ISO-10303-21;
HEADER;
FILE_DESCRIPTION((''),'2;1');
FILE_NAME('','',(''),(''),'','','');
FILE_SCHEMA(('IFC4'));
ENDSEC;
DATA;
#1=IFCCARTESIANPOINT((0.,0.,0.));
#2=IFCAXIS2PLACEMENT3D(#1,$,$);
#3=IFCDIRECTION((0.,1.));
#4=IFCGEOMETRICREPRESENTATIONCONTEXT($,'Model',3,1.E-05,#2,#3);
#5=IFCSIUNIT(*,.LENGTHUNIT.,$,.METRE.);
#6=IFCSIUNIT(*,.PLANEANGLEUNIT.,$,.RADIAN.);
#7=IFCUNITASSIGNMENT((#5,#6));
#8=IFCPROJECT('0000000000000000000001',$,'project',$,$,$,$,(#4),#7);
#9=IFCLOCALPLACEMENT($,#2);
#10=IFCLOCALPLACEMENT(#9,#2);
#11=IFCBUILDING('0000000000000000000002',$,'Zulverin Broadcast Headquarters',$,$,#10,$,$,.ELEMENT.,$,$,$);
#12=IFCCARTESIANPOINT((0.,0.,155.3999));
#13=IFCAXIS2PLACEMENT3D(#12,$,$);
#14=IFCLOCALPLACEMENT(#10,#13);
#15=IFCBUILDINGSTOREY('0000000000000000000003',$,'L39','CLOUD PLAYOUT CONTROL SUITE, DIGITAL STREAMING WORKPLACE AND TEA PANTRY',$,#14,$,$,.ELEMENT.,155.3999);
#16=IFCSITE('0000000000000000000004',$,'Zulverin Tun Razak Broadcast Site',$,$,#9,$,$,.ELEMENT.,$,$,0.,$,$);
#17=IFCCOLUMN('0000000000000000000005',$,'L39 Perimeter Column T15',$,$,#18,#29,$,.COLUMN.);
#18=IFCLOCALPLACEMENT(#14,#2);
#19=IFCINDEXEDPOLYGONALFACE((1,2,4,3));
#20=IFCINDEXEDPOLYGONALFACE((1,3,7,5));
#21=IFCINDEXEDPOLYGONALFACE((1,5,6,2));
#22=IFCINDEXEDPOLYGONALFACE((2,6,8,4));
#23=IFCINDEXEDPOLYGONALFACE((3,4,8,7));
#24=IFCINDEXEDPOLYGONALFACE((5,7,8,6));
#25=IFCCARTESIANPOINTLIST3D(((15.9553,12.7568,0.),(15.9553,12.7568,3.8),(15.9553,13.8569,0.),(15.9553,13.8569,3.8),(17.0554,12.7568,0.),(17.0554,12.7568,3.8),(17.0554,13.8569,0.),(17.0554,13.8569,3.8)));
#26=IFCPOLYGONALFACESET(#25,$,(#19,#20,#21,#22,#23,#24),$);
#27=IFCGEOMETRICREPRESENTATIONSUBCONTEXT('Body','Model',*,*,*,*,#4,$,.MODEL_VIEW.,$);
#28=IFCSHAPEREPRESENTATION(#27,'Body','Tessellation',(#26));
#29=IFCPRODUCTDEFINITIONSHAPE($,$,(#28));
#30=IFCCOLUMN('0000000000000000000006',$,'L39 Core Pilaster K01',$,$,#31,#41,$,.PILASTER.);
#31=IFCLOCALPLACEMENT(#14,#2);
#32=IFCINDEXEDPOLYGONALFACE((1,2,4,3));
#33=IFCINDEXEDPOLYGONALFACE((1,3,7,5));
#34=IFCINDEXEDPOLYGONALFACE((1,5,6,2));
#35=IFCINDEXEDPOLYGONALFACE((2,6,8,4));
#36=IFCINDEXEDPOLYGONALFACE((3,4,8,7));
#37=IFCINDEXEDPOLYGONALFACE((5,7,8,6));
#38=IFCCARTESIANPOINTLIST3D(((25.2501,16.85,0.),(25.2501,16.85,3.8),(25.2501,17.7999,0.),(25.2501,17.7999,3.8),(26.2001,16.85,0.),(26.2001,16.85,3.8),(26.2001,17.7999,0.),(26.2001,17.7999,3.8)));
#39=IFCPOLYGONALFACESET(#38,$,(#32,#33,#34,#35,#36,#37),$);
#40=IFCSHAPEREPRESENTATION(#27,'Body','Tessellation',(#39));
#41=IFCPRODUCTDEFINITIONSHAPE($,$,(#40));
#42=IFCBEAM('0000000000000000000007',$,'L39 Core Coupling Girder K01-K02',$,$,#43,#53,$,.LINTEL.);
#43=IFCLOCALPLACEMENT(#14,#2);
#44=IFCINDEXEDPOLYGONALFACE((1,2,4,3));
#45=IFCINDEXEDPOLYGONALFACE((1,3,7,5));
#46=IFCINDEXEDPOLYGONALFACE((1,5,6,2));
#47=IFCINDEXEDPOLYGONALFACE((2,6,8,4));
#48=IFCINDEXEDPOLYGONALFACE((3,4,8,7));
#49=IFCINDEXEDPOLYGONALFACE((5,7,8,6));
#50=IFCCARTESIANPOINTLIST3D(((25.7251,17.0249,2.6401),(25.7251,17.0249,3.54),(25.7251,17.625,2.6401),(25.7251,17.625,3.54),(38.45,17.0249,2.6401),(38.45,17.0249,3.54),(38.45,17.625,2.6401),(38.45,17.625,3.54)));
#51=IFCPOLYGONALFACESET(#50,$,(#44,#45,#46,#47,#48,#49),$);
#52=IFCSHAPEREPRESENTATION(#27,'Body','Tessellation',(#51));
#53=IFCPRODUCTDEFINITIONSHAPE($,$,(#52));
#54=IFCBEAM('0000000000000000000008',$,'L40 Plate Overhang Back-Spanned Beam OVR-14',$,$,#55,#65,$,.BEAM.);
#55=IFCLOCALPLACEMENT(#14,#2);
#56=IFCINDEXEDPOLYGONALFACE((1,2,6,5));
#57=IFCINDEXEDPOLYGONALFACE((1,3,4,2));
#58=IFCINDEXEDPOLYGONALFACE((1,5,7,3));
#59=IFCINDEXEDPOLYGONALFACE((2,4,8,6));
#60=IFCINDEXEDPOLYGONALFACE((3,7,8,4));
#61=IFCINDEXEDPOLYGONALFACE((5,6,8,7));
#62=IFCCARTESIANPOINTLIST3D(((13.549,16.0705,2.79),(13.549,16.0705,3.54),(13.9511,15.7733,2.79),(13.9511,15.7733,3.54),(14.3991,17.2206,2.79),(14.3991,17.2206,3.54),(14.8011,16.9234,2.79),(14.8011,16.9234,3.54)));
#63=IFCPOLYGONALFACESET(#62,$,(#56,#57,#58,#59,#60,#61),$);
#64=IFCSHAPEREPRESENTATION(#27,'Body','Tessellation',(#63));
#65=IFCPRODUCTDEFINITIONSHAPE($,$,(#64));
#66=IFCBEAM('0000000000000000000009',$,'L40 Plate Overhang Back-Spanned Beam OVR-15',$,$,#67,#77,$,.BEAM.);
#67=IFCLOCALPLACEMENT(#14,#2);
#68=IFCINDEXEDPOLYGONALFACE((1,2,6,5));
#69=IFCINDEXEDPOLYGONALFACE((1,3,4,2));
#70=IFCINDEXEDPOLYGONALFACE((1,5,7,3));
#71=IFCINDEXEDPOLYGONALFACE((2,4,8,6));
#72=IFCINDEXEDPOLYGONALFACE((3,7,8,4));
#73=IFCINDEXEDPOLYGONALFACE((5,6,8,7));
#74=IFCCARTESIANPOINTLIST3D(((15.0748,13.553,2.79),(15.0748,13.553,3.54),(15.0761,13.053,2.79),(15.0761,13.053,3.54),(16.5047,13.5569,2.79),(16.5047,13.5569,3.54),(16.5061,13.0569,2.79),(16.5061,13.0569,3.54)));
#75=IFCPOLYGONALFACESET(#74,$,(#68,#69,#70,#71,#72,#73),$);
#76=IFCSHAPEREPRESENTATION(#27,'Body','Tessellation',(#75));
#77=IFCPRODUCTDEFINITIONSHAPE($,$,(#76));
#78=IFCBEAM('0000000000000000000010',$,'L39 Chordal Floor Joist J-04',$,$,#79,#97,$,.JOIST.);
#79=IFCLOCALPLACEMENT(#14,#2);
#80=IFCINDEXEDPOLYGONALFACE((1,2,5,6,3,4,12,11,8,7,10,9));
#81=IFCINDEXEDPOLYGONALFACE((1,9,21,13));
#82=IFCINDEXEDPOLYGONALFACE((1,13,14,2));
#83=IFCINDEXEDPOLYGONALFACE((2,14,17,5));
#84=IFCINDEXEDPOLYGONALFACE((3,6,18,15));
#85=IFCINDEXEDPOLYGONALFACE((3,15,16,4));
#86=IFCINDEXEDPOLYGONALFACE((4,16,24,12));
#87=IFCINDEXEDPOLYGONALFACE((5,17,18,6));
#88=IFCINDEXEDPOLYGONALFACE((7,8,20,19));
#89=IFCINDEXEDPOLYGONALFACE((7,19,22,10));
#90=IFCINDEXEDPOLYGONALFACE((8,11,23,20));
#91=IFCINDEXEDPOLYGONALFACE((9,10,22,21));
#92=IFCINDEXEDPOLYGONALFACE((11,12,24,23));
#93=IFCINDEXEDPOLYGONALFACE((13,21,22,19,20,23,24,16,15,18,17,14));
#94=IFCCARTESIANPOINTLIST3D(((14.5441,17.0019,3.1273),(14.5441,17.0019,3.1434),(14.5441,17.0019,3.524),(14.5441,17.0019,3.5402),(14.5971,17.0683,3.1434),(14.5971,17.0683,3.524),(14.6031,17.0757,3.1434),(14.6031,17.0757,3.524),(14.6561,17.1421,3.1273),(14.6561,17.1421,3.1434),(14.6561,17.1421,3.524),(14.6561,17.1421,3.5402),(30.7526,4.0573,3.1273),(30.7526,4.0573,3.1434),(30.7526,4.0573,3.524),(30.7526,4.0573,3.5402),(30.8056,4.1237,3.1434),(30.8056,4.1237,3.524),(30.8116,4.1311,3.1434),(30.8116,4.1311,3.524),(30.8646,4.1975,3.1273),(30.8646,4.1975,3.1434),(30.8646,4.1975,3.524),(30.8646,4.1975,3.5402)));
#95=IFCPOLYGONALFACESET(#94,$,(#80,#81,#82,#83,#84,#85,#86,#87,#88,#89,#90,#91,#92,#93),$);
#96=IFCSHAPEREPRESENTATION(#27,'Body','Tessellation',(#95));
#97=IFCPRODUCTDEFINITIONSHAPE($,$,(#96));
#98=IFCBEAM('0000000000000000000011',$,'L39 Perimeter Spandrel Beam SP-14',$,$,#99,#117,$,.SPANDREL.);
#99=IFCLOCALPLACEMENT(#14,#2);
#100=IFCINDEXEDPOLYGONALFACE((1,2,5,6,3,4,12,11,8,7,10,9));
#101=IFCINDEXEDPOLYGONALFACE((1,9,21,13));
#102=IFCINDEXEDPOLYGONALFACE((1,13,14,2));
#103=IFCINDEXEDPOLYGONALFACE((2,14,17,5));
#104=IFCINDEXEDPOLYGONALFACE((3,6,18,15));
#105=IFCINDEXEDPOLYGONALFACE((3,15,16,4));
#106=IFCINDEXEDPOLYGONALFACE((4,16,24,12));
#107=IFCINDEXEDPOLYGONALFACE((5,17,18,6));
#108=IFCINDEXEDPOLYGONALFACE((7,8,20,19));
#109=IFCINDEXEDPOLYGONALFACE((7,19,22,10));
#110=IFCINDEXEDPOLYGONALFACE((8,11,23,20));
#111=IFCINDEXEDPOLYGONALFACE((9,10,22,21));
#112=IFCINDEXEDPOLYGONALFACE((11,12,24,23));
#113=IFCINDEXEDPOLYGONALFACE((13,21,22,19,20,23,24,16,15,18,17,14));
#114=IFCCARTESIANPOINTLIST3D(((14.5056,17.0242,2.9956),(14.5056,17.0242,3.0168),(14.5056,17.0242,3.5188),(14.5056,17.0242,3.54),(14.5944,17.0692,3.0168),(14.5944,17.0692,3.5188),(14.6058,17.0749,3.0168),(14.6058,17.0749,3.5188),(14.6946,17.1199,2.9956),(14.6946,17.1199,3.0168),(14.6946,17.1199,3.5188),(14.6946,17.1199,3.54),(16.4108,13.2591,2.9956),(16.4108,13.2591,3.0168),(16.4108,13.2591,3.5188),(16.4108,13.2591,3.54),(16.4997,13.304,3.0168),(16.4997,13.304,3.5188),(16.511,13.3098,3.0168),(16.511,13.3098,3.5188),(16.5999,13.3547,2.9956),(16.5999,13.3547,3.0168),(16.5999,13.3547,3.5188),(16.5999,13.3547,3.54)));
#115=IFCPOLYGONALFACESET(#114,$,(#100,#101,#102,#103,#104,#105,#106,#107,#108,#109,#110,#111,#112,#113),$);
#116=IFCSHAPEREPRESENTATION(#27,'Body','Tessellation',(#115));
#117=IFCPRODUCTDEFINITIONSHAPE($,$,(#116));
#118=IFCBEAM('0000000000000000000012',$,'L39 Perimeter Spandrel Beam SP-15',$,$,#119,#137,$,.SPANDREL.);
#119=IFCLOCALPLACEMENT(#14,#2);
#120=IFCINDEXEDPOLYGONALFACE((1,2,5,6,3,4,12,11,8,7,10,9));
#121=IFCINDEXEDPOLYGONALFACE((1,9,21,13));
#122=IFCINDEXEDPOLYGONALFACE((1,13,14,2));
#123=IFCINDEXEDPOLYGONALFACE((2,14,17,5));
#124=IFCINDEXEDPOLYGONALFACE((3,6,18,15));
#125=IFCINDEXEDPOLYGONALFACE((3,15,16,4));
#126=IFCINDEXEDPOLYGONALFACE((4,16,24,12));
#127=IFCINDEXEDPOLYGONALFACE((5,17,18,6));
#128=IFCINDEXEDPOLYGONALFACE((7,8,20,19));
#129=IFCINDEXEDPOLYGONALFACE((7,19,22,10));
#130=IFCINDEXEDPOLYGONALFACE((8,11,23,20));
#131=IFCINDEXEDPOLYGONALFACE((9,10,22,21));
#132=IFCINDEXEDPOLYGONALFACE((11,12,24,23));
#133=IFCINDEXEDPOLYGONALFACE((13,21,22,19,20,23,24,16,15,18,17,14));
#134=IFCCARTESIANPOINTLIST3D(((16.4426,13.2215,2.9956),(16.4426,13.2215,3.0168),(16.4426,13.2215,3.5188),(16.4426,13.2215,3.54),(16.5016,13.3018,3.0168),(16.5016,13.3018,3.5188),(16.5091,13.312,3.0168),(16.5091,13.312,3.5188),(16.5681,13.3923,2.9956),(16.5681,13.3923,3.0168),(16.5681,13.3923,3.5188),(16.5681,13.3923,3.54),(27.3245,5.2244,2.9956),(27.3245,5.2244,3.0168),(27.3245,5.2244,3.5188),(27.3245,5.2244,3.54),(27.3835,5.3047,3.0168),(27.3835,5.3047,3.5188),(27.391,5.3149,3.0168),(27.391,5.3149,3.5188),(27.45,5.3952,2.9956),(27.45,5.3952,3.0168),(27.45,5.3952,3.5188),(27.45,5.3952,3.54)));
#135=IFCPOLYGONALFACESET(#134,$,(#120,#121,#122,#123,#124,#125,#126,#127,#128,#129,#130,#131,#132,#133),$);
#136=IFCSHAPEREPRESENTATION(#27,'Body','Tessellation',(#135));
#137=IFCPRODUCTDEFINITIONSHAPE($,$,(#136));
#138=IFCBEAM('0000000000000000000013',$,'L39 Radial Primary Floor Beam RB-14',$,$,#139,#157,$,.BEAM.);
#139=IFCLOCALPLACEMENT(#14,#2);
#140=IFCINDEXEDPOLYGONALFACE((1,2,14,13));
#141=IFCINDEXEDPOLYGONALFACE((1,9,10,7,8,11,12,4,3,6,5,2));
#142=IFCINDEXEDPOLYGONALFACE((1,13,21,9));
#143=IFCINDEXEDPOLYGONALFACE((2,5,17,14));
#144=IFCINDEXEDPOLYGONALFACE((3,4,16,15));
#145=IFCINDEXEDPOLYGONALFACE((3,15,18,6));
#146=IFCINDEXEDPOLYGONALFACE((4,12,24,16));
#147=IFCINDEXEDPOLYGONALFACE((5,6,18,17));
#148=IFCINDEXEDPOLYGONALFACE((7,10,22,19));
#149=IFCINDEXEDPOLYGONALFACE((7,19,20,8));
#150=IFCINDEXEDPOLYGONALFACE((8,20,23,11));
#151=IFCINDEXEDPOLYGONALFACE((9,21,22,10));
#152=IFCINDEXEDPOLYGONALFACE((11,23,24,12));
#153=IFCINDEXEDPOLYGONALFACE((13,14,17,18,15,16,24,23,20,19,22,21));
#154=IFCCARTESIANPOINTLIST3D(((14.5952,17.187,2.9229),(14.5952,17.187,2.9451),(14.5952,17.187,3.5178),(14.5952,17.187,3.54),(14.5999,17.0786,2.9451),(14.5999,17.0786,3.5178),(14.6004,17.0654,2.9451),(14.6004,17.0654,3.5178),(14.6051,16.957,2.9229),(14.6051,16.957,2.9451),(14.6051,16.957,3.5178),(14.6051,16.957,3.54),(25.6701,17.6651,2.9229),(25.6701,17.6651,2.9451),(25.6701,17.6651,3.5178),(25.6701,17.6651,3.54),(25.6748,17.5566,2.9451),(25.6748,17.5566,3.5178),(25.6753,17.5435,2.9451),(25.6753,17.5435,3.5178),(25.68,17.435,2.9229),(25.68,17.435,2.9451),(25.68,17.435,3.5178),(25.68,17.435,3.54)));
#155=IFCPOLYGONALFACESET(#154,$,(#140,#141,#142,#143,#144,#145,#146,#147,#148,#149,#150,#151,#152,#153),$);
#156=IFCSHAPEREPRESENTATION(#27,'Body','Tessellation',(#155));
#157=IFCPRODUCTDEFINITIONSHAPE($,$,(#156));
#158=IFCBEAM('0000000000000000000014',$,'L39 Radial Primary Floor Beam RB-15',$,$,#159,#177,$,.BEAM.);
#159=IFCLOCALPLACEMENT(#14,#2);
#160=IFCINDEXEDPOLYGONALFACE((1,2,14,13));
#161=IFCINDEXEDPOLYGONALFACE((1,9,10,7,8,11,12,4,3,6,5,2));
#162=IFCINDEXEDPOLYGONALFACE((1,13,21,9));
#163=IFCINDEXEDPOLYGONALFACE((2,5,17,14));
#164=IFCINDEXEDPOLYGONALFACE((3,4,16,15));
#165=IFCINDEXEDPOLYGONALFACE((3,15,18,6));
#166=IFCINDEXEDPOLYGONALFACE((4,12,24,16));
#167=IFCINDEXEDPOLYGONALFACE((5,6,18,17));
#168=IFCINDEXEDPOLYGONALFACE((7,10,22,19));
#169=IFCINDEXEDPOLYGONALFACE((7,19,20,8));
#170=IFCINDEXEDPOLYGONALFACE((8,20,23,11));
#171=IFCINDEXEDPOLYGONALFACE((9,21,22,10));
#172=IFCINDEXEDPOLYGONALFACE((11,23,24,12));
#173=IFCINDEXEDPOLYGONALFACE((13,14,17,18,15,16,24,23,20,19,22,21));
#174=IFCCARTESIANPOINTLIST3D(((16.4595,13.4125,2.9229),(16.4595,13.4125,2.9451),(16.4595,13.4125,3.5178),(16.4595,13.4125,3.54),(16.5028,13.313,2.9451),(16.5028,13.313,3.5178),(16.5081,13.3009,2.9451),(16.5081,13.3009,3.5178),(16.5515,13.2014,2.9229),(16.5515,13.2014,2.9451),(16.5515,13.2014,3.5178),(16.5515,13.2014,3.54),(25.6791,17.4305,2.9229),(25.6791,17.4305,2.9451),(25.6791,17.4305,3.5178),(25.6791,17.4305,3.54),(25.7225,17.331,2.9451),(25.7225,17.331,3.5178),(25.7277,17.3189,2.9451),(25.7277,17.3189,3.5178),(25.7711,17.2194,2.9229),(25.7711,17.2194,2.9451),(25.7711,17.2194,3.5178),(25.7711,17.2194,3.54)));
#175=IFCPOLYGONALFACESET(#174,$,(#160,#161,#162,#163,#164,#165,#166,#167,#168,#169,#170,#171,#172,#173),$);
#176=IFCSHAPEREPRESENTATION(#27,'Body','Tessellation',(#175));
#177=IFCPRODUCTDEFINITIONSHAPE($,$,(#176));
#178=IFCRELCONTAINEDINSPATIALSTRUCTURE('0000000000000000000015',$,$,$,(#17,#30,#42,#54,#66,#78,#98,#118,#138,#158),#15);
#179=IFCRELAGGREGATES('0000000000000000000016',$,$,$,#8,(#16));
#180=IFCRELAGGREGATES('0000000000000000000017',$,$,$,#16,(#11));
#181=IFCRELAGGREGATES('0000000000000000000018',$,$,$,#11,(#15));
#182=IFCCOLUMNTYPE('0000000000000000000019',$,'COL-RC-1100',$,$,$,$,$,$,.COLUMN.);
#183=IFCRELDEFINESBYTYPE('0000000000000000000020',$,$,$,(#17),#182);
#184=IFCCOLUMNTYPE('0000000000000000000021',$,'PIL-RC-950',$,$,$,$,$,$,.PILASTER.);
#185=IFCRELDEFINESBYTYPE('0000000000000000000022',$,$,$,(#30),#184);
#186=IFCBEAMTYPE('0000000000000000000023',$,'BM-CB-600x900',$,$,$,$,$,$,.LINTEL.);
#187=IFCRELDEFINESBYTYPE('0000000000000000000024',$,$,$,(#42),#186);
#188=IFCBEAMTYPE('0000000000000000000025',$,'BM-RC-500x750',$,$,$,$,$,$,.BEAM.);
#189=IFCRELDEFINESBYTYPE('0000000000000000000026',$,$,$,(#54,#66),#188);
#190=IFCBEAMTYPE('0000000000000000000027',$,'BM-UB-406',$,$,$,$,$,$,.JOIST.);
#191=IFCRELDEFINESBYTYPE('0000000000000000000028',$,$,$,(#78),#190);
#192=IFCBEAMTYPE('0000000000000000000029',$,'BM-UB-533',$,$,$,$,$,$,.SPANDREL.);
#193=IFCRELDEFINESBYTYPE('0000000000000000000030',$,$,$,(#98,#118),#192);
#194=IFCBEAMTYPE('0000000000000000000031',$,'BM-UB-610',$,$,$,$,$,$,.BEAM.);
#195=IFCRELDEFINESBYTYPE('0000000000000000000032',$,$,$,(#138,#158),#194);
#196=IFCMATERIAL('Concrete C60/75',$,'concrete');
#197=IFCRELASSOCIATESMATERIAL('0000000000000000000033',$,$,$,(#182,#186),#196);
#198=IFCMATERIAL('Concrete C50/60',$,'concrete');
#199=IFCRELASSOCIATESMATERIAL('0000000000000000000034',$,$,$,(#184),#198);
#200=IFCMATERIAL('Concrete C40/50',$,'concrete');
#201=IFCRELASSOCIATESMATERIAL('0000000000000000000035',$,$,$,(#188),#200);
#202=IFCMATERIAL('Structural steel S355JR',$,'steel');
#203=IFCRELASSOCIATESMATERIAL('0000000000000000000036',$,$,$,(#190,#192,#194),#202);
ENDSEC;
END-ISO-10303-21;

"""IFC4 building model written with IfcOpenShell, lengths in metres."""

from ifc_helpers import new_model, si_unit, direction, frame, origin, origin_2d, place, context, subcontext, project, spatial, rectangle, i_section, extrude, material, material_profile, profile_set, type_object, element, save


model = new_model("IFC4")

# Units and contexts
model_context = context("Model", 3, precision=1e-05, world=origin(), true_north=direction((0.0, 1.0)))
body_context = subcontext(model_context, "Body", "Model", "MODEL_VIEW")
ifc_project = project(units=[si_unit("LENGTHUNIT", "METRE"), si_unit("PLANEANGLEUNIT", "RADIAN")], contexts=[model_context])

# Site, building, storey
site_placement = place(None, origin())
site = spatial("IfcSite", under=ifc_project, at=site_placement, Name="Zulverin Tun Razak Broadcast Site", CompositionType="ELEMENT", RefElevation=0.0)
building_placement = place(site_placement, origin())
building = spatial("IfcBuilding", under=site, at=building_placement, Name="Zulverin Broadcast Headquarters", CompositionType="ELEMENT")
storey_placement = place(building_placement, frame((0.0, 0.0, 155.3999)))
storey = spatial("IfcBuildingStorey", under=building, at=storey_placement, Name="L39", Description="CLOUD PLAYOUT CONTROL SUITE, DIGITAL STREAMING WORKPLACE AND TEA PANTRY", CompositionType="ELEMENT", Elevation=155.3999)

# Columns
ifc_material_1 = material(Name="Concrete C60/75", Category="concrete")
ifc_material_profile_1 = material_profile(ifc_material_1, rectangle(XDim=1.1001, YDim=1.1001, at=origin_2d()), Name="Concrete C60/75", Category="concrete")
ifc_profile_set_1 = profile_set([ifc_material_profile_1], Name="Concrete C60/75")
column_type_1 = type_object("IfcColumnType", Name="COL-RC-1100", PredefinedType="COLUMN", material=ifc_profile_set_1)
column_1_placement = place(storey_placement, frame((16.5054, 13.3069, 0.0), z_axis=(0.0, 0.0, 1.0), x_axis=(1.0, 0.0, 0.0)))
element("IfcColumn", 1, at=column_1_placement, inside=storey, type_object=column_type_1, Name="L39 Perimeter Column T15", PredefinedType="COLUMN", context=body_context, shape_type="SweptSolid", body=[
    extrude(rectangle(XDim=1.1001, YDim=1.1001, at=origin_2d()), origin(), (0.0, 0.0, 1.0), 3.8),
])
ifc_material_2 = material(Name="Concrete C50/60", Category="concrete")
ifc_material_profile_2 = material_profile(ifc_material_2, rectangle(XDim=0.95, YDim=0.95, at=origin_2d()), Name="Concrete C50/60", Category="concrete")
ifc_profile_set_2 = profile_set([ifc_material_profile_2], Name="Concrete C50/60")
column_type_2 = type_object("IfcColumnType", Name="PIL-RC-950", PredefinedType="PILASTER", material=ifc_profile_set_2)
column_2_placement = place(storey_placement, frame((25.7251, 17.325, 0.0), z_axis=(0.0, 0.0, 1.0), x_axis=(1.0, 0.0, 0.0)))
element("IfcColumn", 2, at=column_2_placement, inside=storey, type_object=column_type_2, Name="L39 Core Pilaster K01", PredefinedType="PILASTER", context=body_context, shape_type="SweptSolid", body=[
    extrude(rectangle(XDim=0.95, YDim=0.95, at=origin_2d()), origin(), (0.0, 0.0, 1.0), 3.8),
])

# Beams
ifc_material_profile_3 = material_profile(ifc_material_1, rectangle(XDim=0.6001, YDim=0.8999, at=origin_2d()), Name="Concrete C60/75", Category="concrete")
ifc_profile_set_3 = profile_set([ifc_material_profile_3], Name="Concrete C60/75")
beam_type_1 = type_object("IfcBeamType", Name="BM-CB-600x900", PredefinedType="LINTEL", material=ifc_profile_set_3)
beam_1_placement = place(storey_placement, frame((25.7251, 17.325, 3.0901), z_axis=(1.0, 0.0, 0.0), x_axis=(0.0, 1.0, 0.0)))
element("IfcBeam", 3, at=beam_1_placement, inside=storey, type_object=beam_type_1, Name="L39 Core Coupling Girder K01-K02", PredefinedType="LINTEL", context=body_context, shape_type="SweptSolid", body=[
    extrude(rectangle(XDim=0.6001, YDim=0.8999, at=origin_2d()), origin(), (0.0, 0.0, 1.0), 12.7249),
])
ifc_material_3 = material(Name="Concrete C40/50", Category="concrete")
ifc_material_profile_4 = material_profile(ifc_material_3, rectangle(XDim=0.5, YDim=0.75, at=origin_2d()), Name="Concrete C40/50", Category="concrete")
ifc_profile_set_4 = profile_set([ifc_material_profile_4], Name="Concrete C40/50")
beam_type_2 = type_object("IfcBeamType", Name="BM-RC-500x750", PredefinedType="BEAM", material=ifc_profile_set_4)
beam_2_placement = place(storey_placement, frame((14.6001, 17.072, 3.165), z_axis=(-0.594386, -0.80418, 0.0), x_axis=(0.80418, -0.594386, 0.0)))
element("IfcBeam", 4, at=beam_2_placement, inside=storey, type_object=beam_type_2, Name="L40 Plate Overhang Back-Spanned Beam OVR-14", PredefinedType="BEAM", context=body_context, shape_type="SweptSolid", body=[
    extrude(rectangle(XDim=0.5, YDim=0.75, at=origin_2d()), origin(), (0.0, 0.0, 1.0), 1.4302),
])
beam_3_placement = place(storey_placement, frame((16.5054, 13.3069, 3.165), z_axis=(-0.999996, -0.002732, 0.0), x_axis=(0.002732, -0.999996, 0.0)))
element("IfcBeam", 5, at=beam_3_placement, inside=storey, type_object=beam_type_2, Name="L40 Plate Overhang Back-Spanned Beam OVR-15", PredefinedType="BEAM", context=body_context, shape_type="SweptSolid", body=[
    extrude(rectangle(XDim=0.5, YDim=0.75, at=origin_2d()), origin(), (0.0, 0.0, 1.0), 1.4299),
])
ifc_material_4 = material(Name="Structural steel S355JR", Category="steel")
ifc_material_profile_5 = material_profile(ifc_material_4, i_section(OverallWidth=0.1794, OverallDepth=0.4128, WebThickness=0.0095, FlangeThickness=0.0161, at=origin_2d()), Name="Structural steel S355JR", Category="steel")
ifc_profile_set_5 = profile_set([ifc_material_profile_5], Name="Structural steel S355JR")
beam_type_3 = type_object("IfcBeamType", Name="BM-UB-406", PredefinedType="JOIST", material=ifc_profile_set_5)
beam_4_placement = place(storey_placement, frame((14.6001, 17.072, 3.3337), z_axis=(0.781391, -0.624042, 0.0), x_axis=(0.624042, 0.781391, 0.0)))
element("IfcBeam", 6, at=beam_4_placement, inside=storey, type_object=beam_type_3, Name="L39 Chordal Floor Joist J-04", PredefinedType="JOIST", context=body_context, shape_type="SweptSolid", body=[
    extrude(i_section(OverallWidth=0.1794, OverallDepth=0.4128, WebThickness=0.0095, FlangeThickness=0.0161, at=origin_2d()), origin(), (0.0, 0.0, 1.0), 20.7432),
])
ifc_material_profile_6 = material_profile(ifc_material_4, i_section(OverallWidth=0.2119, OverallDepth=0.5444, WebThickness=0.0127, FlangeThickness=0.0212, at=origin_2d()), Name="Structural steel S355JR", Category="steel")
ifc_profile_set_6 = profile_set([ifc_material_profile_6], Name="Structural steel S355JR")
beam_type_4 = type_object("IfcBeamType", Name="BM-UB-533", PredefinedType="SPANDREL", material=ifc_profile_set_6)
beam_5_placement = place(storey_placement, frame((14.6001, 17.072, 3.2678), z_axis=(0.451513, -0.892265, 0.0), x_axis=(0.892265, 0.451513, 0.0)))
element("IfcBeam", 7, at=beam_5_placement, inside=storey, type_object=beam_type_4, Name="L39 Perimeter Spandrel Beam SP-14", PredefinedType="SPANDREL", context=body_context, shape_type="SweptSolid", body=[
    extrude(i_section(OverallWidth=0.2119, OverallDepth=0.5444, WebThickness=0.0127, FlangeThickness=0.0212, at=origin_2d()), origin(), (0.0, 0.0, 1.0), 4.2197),
])
beam_6_placement = place(storey_placement, frame((16.5054, 13.3069, 3.2678), z_axis=(0.805802, -0.592185, 0.0), x_axis=(0.592185, 0.805802, 0.0)))
element("IfcBeam", 8, at=beam_6_placement, inside=storey, type_object=beam_type_4, Name="L39 Perimeter Spandrel Beam SP-15", PredefinedType="SPANDREL", context=body_context, shape_type="SweptSolid", body=[
    extrude(i_section(OverallWidth=0.2119, OverallDepth=0.5444, WebThickness=0.0127, FlangeThickness=0.0212, at=origin_2d()), origin(), (0.0, 0.0, 1.0), 13.5044),
])
ifc_material_profile_7 = material_profile(ifc_material_4, i_section(OverallWidth=0.2302, OverallDepth=0.6172, WebThickness=0.0132, FlangeThickness=0.0222, at=origin_2d()), Name="Structural steel S355JR", Category="steel")
ifc_profile_set_7 = profile_set([ifc_material_profile_7], Name="Structural steel S355JR")
beam_type_5 = type_object("IfcBeamType", Name="BM-UB-610", PredefinedType="BEAM", material=ifc_profile_set_7)
beam_7_placement = place(storey_placement, frame((25.675, 17.55, 3.2314), z_axis=(-0.99907, -0.043123, 0.0), x_axis=(0.043123, -0.99907, 0.0)))
element("IfcBeam", 9, at=beam_7_placement, inside=storey, type_object=beam_type_5, Name="L39 Radial Primary Floor Beam RB-14", PredefinedType="BEAM", context=body_context, shape_type="SweptSolid", body=[
    extrude(i_section(OverallWidth=0.2302, OverallDepth=0.6172, WebThickness=0.0132, FlangeThickness=0.0222, at=origin_2d()), origin(), (0.0, 0.0, 1.0), 11.0852),
])
beam_8_placement = place(storey_placement, frame((25.7251, 17.325, 3.2314), z_axis=(-0.916725, -0.39952, 0.0), x_axis=(0.39952, -0.916725, 0.0)))
element("IfcBeam", 10, at=beam_8_placement, inside=storey, type_object=beam_type_5, Name="L39 Radial Primary Floor Beam RB-15", PredefinedType="BEAM", context=body_context, shape_type="SweptSolid", body=[
    extrude(i_section(OverallWidth=0.2302, OverallDepth=0.6172, WebThickness=0.0132, FlangeThickness=0.0222, at=origin_2d()), origin(), (0.0, 0.0, 1.0), 10.0571),
])

save(model, "model.ifc")
